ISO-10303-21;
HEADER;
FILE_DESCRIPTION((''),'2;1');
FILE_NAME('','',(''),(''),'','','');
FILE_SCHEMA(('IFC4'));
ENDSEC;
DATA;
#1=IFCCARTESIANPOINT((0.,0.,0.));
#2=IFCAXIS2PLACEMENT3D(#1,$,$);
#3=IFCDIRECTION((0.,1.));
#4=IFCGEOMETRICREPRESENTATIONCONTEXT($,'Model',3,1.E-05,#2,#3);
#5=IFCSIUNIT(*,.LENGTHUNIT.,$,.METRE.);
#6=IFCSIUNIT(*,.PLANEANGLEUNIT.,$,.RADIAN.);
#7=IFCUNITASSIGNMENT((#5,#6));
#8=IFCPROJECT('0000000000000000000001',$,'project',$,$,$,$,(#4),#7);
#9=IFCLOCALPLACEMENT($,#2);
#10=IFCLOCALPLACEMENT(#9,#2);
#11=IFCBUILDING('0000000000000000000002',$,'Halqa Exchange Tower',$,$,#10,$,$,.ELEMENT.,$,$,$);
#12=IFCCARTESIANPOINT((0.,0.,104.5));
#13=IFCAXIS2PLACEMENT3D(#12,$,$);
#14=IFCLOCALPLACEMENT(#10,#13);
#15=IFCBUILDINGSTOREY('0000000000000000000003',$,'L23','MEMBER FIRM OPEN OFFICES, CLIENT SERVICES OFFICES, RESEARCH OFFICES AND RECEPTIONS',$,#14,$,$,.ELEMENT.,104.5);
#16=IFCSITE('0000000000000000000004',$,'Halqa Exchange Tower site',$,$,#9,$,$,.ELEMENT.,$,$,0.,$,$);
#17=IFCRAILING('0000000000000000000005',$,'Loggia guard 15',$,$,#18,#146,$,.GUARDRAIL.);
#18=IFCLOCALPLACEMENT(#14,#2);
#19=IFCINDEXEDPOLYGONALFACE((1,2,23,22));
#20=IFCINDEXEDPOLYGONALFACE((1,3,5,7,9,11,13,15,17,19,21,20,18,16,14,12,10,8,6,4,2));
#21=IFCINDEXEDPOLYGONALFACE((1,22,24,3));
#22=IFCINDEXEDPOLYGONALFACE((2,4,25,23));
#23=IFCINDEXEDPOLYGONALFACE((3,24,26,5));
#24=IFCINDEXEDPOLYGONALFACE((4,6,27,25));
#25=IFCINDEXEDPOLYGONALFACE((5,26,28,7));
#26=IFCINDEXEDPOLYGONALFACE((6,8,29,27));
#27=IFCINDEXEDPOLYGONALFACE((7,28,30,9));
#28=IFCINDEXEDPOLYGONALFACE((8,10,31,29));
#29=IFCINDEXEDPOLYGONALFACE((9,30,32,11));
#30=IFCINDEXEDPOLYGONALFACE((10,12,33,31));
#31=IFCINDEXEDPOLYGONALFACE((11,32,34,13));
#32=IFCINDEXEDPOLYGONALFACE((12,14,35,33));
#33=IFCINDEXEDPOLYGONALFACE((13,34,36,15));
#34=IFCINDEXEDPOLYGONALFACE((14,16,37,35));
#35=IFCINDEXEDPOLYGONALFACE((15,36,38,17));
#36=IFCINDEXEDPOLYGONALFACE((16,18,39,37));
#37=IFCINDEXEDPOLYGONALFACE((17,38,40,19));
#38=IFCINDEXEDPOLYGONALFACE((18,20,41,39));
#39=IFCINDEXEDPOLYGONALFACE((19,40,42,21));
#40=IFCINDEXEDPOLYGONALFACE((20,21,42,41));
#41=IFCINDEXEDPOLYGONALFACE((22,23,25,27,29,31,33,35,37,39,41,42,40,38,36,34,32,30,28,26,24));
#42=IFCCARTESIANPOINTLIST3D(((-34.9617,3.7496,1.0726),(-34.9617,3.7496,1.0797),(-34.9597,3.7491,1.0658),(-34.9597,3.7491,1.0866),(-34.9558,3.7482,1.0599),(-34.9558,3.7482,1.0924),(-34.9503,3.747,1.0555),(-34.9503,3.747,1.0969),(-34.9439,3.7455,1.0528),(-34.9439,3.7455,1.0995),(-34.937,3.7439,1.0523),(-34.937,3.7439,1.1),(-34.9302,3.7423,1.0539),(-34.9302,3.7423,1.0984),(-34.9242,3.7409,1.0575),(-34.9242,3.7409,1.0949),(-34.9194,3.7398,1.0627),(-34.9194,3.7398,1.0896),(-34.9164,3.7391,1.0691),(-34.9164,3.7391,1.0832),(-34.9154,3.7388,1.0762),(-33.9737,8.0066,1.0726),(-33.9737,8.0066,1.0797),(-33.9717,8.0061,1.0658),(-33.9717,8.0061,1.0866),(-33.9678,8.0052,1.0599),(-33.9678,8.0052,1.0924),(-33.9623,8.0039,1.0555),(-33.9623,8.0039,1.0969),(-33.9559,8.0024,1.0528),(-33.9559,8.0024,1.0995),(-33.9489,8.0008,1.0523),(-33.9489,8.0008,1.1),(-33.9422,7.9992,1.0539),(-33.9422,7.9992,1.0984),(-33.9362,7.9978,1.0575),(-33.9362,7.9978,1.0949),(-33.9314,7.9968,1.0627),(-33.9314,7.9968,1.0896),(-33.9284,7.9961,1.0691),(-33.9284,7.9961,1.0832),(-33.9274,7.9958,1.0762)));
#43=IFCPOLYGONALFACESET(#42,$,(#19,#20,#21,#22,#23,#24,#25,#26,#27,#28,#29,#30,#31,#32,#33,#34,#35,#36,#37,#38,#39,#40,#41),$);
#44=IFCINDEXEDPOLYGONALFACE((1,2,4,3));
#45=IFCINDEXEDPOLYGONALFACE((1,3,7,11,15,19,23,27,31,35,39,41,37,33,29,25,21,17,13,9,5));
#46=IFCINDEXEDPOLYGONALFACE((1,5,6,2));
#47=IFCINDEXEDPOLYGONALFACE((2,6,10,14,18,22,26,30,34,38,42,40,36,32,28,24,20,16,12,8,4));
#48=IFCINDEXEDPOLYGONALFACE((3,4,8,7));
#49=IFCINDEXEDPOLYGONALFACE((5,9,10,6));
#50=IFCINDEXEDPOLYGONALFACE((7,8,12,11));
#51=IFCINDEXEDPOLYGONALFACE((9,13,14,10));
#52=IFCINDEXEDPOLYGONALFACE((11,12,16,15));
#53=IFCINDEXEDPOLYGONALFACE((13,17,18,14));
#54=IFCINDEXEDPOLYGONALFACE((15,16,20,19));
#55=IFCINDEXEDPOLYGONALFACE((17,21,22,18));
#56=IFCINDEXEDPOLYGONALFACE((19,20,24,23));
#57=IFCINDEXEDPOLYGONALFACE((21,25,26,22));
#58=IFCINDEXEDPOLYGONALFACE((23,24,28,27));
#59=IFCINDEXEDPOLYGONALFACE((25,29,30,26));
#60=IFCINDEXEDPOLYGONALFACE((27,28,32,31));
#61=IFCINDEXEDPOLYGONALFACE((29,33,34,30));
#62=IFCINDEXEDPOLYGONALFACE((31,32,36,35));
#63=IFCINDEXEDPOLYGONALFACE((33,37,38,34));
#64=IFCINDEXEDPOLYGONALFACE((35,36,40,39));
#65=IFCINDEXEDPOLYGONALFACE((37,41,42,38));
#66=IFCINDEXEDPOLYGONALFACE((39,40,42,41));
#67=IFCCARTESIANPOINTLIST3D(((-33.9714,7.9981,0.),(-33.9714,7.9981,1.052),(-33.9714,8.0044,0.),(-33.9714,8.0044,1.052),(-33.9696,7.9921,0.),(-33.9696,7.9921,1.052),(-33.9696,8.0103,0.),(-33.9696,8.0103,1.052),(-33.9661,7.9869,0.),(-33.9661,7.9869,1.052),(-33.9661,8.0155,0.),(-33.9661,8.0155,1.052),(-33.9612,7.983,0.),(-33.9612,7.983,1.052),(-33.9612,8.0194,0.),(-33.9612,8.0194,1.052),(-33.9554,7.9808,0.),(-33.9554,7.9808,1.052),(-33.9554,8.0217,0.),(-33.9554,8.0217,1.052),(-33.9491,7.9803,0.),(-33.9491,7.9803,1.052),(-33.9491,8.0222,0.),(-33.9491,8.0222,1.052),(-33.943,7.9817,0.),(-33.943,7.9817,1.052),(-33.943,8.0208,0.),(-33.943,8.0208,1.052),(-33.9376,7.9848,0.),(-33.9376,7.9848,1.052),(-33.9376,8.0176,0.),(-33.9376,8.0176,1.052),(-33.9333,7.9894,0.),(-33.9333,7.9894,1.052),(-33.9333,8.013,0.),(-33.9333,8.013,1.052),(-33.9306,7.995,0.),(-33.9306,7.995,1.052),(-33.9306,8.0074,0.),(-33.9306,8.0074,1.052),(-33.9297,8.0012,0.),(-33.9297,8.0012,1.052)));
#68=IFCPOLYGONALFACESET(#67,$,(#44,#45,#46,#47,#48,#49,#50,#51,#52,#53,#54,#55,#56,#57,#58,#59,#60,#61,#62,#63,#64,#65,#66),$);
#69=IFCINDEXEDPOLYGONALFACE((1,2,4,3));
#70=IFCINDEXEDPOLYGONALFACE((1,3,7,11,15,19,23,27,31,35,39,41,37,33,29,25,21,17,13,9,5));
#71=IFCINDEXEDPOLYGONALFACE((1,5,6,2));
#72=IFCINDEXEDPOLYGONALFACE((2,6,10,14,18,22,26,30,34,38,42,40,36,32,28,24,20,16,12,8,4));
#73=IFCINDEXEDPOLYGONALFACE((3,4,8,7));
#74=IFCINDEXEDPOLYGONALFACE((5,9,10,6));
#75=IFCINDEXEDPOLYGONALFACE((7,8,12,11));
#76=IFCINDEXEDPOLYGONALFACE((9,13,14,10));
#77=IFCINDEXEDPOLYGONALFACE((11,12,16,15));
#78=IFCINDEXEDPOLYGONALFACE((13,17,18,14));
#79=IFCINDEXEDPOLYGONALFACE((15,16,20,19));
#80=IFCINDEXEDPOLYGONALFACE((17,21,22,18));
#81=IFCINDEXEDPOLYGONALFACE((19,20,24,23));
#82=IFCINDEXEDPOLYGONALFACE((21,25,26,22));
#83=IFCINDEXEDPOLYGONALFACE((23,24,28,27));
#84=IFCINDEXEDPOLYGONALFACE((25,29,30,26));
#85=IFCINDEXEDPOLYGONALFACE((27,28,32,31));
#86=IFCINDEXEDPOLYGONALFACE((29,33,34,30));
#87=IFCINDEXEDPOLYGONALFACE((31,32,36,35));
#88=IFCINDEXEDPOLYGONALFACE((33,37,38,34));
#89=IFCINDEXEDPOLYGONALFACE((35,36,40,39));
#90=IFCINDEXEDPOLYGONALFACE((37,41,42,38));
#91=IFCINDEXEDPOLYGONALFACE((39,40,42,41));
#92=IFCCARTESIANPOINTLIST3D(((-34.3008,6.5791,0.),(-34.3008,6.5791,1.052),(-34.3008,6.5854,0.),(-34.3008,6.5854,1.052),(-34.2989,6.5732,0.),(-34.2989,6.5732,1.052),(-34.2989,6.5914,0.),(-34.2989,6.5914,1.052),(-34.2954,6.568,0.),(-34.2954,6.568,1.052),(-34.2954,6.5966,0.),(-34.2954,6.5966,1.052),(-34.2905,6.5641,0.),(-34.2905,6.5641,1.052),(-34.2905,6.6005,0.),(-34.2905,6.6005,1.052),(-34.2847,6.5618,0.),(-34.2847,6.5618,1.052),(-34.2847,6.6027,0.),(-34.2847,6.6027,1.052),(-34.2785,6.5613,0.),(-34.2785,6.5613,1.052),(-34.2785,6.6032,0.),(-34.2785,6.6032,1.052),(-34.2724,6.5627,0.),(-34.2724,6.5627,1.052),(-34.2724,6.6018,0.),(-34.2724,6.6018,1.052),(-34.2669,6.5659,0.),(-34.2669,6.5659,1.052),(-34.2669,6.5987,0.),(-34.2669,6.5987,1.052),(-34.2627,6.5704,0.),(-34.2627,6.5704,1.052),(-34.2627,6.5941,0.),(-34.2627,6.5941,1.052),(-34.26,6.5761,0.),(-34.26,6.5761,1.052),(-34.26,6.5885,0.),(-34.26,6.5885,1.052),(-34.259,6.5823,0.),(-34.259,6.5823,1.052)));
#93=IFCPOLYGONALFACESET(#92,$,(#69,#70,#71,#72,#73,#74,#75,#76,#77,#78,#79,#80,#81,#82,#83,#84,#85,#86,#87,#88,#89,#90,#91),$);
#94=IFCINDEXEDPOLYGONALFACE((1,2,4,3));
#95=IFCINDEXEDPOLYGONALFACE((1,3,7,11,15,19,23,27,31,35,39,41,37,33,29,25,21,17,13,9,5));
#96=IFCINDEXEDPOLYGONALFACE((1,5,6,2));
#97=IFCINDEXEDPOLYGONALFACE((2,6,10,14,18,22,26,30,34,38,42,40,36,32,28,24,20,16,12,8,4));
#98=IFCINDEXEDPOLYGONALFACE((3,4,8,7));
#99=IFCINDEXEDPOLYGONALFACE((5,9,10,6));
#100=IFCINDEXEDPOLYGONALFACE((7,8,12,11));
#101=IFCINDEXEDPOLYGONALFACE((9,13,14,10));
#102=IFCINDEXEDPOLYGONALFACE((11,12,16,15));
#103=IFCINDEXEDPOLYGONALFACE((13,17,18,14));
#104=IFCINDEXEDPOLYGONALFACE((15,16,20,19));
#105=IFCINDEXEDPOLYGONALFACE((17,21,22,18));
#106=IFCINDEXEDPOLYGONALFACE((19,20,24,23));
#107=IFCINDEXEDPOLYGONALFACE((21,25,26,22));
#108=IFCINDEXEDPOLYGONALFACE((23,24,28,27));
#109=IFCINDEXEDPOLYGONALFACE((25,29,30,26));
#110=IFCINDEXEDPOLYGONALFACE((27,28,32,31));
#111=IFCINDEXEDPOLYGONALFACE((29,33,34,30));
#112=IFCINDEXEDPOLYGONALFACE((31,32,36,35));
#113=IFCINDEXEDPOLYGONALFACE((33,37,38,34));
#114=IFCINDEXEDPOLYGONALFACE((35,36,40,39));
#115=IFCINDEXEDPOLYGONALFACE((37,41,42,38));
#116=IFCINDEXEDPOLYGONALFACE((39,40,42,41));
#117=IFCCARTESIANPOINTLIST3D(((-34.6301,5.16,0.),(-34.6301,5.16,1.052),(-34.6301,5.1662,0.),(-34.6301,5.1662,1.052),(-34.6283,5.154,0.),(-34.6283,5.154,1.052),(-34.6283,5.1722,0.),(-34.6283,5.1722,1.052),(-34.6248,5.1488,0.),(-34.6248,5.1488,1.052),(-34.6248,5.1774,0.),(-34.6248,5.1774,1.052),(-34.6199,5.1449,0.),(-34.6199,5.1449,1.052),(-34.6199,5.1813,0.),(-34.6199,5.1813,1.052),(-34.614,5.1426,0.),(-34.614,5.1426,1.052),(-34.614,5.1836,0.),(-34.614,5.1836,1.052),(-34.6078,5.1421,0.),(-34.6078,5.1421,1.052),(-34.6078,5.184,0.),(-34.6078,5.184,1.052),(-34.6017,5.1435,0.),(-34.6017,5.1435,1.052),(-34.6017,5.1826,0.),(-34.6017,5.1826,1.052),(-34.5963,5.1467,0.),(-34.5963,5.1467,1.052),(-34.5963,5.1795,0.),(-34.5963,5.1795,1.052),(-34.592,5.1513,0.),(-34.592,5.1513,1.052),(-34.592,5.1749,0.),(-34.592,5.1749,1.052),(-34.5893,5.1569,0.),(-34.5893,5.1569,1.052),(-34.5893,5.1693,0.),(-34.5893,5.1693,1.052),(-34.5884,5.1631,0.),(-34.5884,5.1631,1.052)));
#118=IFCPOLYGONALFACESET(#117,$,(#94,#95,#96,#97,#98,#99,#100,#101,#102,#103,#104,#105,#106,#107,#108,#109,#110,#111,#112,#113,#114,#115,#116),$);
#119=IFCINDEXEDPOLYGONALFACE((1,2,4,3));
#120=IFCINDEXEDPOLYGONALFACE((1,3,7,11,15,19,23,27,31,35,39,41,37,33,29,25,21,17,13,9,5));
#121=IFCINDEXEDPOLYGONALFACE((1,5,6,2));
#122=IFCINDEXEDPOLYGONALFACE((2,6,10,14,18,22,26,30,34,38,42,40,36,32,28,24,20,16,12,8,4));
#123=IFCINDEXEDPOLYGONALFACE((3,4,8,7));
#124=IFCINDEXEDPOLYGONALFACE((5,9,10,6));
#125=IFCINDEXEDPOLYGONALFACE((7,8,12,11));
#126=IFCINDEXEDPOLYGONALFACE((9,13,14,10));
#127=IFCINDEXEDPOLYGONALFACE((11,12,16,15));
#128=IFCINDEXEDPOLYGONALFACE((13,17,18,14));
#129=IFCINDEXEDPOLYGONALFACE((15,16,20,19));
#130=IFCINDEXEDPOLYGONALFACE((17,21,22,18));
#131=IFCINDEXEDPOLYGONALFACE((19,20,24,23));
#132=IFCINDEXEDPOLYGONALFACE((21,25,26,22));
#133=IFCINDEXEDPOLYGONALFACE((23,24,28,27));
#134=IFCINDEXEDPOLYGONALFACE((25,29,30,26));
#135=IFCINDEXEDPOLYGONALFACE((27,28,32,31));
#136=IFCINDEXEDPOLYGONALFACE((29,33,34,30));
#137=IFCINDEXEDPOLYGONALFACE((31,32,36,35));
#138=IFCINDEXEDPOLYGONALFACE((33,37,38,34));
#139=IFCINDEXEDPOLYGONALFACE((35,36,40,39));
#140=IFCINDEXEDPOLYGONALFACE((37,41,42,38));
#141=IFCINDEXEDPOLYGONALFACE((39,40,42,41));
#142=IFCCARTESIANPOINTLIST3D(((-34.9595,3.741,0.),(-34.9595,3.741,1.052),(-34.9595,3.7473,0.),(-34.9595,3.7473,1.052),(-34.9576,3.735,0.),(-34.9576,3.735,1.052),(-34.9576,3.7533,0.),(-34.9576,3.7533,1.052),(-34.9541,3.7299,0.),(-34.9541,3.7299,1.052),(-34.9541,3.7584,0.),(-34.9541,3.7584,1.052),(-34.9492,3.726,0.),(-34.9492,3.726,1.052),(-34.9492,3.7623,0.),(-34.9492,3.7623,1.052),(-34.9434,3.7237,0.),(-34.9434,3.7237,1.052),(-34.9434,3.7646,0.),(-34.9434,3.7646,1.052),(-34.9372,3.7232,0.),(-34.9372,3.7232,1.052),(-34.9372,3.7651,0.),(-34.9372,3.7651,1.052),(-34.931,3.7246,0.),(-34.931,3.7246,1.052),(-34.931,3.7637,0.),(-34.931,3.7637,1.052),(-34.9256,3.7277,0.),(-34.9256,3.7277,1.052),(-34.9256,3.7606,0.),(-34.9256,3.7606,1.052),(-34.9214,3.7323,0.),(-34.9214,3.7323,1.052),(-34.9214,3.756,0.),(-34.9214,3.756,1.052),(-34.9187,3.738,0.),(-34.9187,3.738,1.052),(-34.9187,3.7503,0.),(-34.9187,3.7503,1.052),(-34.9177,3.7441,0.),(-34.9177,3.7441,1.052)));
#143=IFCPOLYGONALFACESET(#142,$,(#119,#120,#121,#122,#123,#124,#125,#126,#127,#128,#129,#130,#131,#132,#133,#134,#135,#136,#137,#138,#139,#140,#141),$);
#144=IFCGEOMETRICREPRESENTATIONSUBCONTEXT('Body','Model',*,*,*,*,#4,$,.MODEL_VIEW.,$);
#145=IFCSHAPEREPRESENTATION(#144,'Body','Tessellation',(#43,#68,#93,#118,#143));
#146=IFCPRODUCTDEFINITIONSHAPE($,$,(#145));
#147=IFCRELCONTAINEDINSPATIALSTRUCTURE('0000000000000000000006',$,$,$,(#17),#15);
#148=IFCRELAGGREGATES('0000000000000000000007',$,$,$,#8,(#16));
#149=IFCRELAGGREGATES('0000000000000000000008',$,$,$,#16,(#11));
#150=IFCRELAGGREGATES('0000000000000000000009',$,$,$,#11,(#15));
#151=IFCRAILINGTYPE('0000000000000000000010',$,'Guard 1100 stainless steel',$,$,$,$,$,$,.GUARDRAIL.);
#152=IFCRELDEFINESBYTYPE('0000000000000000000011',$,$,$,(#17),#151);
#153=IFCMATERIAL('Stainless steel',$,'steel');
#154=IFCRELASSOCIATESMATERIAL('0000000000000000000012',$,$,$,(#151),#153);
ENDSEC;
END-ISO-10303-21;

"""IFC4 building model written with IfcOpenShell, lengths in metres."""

from ifc_helpers import new_model, si_unit, direction, frame, origin, origin_2d, place, context, subcontext, project, spatial, circle, extrude, material, type_object, element, save


model = new_model("IFC4")

# Units and contexts
model_context = context("Model", 3, precision=1e-05, world=origin(), true_north=direction((0.0, 1.0)))
body_context = subcontext(model_context, "Body", "Model", "MODEL_VIEW")
ifc_project = project(units=[si_unit("LENGTHUNIT", "METRE"), si_unit("PLANEANGLEUNIT", "RADIAN")], contexts=[model_context])

# Site, building, storey
site_placement = place(None, origin())
site = spatial("IfcSite", under=ifc_project, at=site_placement, Name="Halqa Exchange Tower site", CompositionType="ELEMENT", RefElevation=0.0)
building_placement = place(site_placement, origin())
building = spatial("IfcBuilding", under=site, at=building_placement, Name="Halqa Exchange Tower", CompositionType="ELEMENT")
storey_placement = place(building_placement, frame((0.0, 0.0, 104.5)))
storey = spatial("IfcBuildingStorey", under=building, at=storey_placement, Name="L23", Description="MEMBER FIRM OPEN OFFICES, CLIENT SERVICES OFFICES, RESEARCH OFFICES AND RECEPTIONS", CompositionType="ELEMENT", Elevation=104.5)

# Railing
ifc_material_1 = material(Name="Stainless steel", Category="steel")
railing_type = type_object("IfcRailingType", Name="Guard 1100 stainless steel", PredefinedType="GUARDRAIL", material=ifc_material_1)
railing_1_placement = place(storey_placement, frame((-33.9507, 8.0012, 0.0)))
element("IfcRailing", 1, at=railing_1_placement, inside=storey, type_object=railing_type, Name="Loggia guard 15", PredefinedType="GUARDRAIL", context=body_context, shape_type="SweptSolid", body=[
    extrude(circle(Radius=0.0239, at=origin_2d()), frame((0.0, 0.0, 1.0762), z_axis=(-0.226083, -0.974108, 0.0), x_axis=(0.974108, -0.226083, 0.0)), (0.0, 0.0, 1.0), 4.3701),
    extrude(circle(Radius=0.021, at=origin_2d()), origin(), (0.0, 0.0, 1.0), 1.052),
    extrude(circle(Radius=0.021, at=origin_2d()), frame((-0.3293, -1.4189, 0.0)), (0.0, 0.0, 1.0), 1.052),
    extrude(circle(Radius=0.021, at=origin_2d()), frame((-0.6587, -2.8381, 0.0)), (0.0, 0.0, 1.0), 1.052),
    extrude(circle(Radius=0.021, at=origin_2d()), frame((-0.988, -4.2571, 0.0)), (0.0, 0.0, 1.0), 1.052),
])

save(model, "model.ifc")
